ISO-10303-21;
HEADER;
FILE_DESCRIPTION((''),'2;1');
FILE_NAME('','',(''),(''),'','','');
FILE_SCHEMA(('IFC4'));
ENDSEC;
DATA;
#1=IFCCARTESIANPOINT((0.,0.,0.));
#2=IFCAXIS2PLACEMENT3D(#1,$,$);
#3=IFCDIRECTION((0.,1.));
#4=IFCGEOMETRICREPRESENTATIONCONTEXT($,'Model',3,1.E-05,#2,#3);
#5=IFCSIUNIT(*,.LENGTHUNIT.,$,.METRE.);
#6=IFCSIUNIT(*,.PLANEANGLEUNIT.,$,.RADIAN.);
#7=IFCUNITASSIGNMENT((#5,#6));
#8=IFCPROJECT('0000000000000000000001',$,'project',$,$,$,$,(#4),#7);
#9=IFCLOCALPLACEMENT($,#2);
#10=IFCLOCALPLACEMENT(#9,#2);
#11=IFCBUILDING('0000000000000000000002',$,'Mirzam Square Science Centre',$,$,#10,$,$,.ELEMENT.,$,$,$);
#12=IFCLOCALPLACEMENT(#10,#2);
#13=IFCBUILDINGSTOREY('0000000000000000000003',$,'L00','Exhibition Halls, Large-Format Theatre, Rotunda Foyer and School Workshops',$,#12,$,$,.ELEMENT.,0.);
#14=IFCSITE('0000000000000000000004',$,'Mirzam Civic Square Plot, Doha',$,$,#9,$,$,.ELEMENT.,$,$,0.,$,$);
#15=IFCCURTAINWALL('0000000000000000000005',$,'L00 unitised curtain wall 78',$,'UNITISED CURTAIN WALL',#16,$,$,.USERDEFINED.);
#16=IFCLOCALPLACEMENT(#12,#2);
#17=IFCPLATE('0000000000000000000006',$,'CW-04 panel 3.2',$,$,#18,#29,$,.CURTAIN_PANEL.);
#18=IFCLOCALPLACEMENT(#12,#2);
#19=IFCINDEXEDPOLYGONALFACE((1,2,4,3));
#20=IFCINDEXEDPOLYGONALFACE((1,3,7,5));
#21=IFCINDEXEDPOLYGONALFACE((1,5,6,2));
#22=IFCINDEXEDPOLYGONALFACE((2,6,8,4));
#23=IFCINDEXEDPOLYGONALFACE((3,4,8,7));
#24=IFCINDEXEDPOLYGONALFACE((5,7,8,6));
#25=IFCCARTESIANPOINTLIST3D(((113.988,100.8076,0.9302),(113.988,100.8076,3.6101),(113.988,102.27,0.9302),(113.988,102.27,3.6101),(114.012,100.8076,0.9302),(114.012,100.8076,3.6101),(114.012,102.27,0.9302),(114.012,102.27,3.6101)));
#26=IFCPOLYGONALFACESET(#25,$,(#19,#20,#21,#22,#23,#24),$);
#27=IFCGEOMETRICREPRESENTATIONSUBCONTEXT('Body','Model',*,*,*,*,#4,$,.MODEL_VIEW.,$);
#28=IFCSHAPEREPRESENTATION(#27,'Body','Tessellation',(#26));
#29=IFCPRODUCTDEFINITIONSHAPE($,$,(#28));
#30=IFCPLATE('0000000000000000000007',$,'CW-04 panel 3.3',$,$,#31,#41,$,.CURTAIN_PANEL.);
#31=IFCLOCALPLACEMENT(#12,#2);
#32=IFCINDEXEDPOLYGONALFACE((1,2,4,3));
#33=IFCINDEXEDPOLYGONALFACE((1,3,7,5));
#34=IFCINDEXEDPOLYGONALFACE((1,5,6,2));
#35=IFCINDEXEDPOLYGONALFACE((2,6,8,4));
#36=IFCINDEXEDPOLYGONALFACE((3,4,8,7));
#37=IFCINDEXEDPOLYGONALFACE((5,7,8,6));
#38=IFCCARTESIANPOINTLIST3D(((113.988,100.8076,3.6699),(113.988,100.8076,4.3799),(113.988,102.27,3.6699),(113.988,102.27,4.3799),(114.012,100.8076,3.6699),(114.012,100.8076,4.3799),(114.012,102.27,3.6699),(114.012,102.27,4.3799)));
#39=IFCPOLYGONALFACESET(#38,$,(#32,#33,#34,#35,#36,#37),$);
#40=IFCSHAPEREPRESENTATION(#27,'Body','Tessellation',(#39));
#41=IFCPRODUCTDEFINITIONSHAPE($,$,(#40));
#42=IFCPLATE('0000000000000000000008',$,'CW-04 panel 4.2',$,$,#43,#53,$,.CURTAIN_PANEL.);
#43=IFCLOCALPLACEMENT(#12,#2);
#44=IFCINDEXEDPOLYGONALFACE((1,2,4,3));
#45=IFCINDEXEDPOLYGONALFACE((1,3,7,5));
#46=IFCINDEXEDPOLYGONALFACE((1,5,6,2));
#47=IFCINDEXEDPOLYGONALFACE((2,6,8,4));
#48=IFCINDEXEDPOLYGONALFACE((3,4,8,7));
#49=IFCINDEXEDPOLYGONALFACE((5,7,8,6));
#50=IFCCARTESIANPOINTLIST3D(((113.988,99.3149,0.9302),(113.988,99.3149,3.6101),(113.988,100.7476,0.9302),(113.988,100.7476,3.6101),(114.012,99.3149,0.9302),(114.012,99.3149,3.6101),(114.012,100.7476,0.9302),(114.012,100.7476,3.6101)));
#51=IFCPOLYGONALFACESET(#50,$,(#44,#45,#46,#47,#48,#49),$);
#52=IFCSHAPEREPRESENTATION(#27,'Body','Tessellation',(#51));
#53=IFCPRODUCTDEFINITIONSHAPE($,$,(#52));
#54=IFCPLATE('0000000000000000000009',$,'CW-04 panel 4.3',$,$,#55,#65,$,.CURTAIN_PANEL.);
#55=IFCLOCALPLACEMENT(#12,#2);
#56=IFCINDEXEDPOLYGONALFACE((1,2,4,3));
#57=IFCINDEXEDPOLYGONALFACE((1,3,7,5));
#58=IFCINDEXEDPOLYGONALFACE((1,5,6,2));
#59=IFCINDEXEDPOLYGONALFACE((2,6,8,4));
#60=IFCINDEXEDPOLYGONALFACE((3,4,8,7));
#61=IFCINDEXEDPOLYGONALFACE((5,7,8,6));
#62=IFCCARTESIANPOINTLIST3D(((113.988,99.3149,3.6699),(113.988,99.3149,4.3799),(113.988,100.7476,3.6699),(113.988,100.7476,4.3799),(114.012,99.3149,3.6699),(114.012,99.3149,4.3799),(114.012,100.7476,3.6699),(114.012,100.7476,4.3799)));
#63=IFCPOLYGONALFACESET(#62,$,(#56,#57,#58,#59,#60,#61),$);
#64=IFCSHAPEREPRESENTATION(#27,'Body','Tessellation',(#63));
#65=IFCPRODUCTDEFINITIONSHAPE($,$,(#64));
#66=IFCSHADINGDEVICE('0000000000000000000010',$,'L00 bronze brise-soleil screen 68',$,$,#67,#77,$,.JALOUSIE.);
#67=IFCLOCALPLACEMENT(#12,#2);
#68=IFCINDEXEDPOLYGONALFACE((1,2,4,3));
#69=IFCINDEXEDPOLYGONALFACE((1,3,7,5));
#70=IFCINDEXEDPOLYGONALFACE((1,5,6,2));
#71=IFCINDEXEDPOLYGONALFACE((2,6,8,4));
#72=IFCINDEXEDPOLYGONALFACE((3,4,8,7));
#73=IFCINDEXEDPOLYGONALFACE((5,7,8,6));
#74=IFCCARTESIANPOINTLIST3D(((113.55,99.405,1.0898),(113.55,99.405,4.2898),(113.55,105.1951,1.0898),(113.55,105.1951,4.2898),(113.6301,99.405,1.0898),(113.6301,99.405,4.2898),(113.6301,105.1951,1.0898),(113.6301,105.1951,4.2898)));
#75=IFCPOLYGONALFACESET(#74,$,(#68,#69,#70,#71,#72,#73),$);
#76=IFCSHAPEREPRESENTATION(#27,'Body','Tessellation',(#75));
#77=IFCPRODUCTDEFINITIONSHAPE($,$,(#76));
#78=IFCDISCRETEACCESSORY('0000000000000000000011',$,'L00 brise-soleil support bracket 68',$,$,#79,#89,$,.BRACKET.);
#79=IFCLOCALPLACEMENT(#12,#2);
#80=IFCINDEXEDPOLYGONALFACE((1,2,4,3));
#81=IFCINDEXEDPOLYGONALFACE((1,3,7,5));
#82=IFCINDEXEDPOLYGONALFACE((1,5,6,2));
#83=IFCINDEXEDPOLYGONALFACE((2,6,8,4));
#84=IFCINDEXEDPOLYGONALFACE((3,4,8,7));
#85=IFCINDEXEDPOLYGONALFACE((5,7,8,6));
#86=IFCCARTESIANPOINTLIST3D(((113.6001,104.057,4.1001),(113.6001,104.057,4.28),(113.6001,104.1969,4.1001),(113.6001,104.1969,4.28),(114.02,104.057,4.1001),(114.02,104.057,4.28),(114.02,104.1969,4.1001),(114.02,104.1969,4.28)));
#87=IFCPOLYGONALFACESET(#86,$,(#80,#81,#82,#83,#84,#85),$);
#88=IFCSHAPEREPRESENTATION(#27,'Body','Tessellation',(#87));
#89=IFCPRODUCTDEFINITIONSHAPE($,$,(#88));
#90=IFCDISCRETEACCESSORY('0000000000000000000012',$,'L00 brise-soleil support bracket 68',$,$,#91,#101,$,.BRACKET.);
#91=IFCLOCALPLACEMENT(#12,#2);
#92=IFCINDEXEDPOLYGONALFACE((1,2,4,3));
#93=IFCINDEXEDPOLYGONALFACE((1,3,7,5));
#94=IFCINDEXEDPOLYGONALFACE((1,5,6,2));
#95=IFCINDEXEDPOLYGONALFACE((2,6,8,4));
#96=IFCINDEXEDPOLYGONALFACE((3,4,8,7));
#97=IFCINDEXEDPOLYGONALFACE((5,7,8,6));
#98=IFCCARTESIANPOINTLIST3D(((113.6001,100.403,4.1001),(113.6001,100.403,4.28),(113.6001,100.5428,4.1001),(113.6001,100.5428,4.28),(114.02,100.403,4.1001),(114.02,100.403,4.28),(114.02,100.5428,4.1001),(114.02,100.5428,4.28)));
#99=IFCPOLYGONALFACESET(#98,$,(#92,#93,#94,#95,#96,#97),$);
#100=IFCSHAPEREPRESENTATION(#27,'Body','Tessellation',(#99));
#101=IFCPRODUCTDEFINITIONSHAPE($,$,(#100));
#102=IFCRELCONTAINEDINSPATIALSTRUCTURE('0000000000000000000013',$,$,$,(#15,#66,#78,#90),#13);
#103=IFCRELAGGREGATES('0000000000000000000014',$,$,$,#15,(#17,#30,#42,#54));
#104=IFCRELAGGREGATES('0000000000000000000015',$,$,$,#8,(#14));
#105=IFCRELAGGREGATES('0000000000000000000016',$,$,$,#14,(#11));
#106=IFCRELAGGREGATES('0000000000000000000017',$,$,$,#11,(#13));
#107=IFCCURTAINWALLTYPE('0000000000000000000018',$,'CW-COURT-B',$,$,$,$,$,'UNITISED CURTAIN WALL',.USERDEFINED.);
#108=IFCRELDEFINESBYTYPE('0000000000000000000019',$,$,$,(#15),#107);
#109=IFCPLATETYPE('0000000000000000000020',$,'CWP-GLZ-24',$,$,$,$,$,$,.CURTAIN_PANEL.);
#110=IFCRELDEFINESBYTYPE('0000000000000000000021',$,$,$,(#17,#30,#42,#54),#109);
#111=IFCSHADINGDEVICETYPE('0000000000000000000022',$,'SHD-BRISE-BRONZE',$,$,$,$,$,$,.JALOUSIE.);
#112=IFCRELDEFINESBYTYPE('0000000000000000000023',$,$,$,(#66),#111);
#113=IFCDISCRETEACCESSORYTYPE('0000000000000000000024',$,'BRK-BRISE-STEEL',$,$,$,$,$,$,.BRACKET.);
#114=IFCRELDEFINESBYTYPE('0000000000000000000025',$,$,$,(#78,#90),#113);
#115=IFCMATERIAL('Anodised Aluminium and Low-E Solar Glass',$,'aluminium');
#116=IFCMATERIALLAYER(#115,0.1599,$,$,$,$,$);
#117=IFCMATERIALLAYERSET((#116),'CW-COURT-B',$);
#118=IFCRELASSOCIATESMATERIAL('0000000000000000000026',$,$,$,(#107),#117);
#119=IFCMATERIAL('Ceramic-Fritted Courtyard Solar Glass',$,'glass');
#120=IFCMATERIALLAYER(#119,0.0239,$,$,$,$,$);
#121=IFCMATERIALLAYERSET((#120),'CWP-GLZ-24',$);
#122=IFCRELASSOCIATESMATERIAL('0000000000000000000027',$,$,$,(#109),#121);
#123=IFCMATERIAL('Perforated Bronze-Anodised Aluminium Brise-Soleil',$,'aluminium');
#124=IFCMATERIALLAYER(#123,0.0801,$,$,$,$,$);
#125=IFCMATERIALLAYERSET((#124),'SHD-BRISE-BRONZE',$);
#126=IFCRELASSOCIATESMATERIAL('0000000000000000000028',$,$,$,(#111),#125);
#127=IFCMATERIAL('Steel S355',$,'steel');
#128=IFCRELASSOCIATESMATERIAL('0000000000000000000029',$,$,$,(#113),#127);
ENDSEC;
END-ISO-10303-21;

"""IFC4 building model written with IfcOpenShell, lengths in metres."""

from ifc_helpers import new_model, si_unit, direction, frame, origin, origin_2d, place, context, subcontext, project, spatial, rectangle, extrude, material, layer, layer_set, type_object, element, aggregate, save


model = new_model("IFC4")

# Units and contexts
model_context = context("Model", 3, precision=1e-05, world=origin(), true_north=direction((0.0, 1.0)))
body_context = subcontext(model_context, "Body", "Model", "MODEL_VIEW")
ifc_project = project(units=[si_unit("LENGTHUNIT", "METRE"), si_unit("PLANEANGLEUNIT", "RADIAN")], contexts=[model_context])

# Site, building, storey
site_placement = place(None, origin())
site = spatial("IfcSite", under=ifc_project, at=site_placement, Name="Mirzam Civic Square Plot, Doha", CompositionType="ELEMENT", RefElevation=0.0)
building_placement = place(site_placement, origin())
building = spatial("IfcBuilding", under=site, at=building_placement, Name="Mirzam Square Science Centre", CompositionType="ELEMENT")
storey_placement = place(building_placement, origin())
storey = spatial("IfcBuildingStorey", under=building, at=storey_placement, Name="L00", Description="Exhibition Halls, Large-Format Theatre, Rotunda Foyer and School Workshops", CompositionType="ELEMENT", Elevation=0.0)

# Curtain wall, plates
ifc_material_1 = material(Name="Anodised Aluminium and Low-E Solar Glass", Category="aluminium")
ifc_layer_1 = layer(ifc_material_1, 0.1599)
ifc_layer_set_1 = layer_set([ifc_layer_1], Name="CW-COURT-B")
curtain_wall_type = type_object("IfcCurtainWallType", Name="CW-COURT-B", ElementType="UNITISED CURTAIN WALL", PredefinedType="USERDEFINED", material=ifc_layer_set_1)
curtain_wall_placement = place(storey_placement, origin())
curtain_wall = element("IfcCurtainWall", 1, at=curtain_wall_placement, inside=storey, type_object=curtain_wall_type, Name="L00 unitised curtain wall 78", ObjectType="UNITISED CURTAIN WALL", PredefinedType="USERDEFINED")
ifc_material_2 = material(Name="Ceramic-Fritted Courtyard Solar Glass", Category="glass")
ifc_layer_2 = layer(ifc_material_2, 0.0239)
ifc_layer_set_2 = layer_set([ifc_layer_2], Name="CWP-GLZ-24")
plate_type = type_object("IfcPlateType", Name="CWP-GLZ-24", PredefinedType="CURTAIN_PANEL", material=ifc_layer_set_2)
plate_1_placement = place(storey_placement, frame((114.0, 101.5388, 0.9302), z_axis=(0.0, 0.0, 1.0), x_axis=(0.0, -1.0, 0.0)))
plate_1 = element("IfcPlate", 2, at=plate_1_placement, type_object=plate_type, Name="CW-04 panel 3.2", PredefinedType="CURTAIN_PANEL", context=body_context, shape_type="SweptSolid", body=[
    extrude(rectangle(XDim=1.4624, YDim=0.0239, at=origin_2d()), origin(), (0.0, 0.0, 1.0), 2.6799),
])
plate_2_placement = place(storey_placement, frame((114.0, 101.5388, 3.6699), z_axis=(0.0, 0.0, 1.0), x_axis=(0.0, -1.0, 0.0)))
plate_2 = element("IfcPlate", 3, at=plate_2_placement, type_object=plate_type, Name="CW-04 panel 3.3", PredefinedType="CURTAIN_PANEL", context=body_context, shape_type="SweptSolid", body=[
    extrude(rectangle(XDim=1.4624, YDim=0.0239, at=origin_2d()), origin(), (0.0, 0.0, 1.0), 0.71),
])
plate_3_placement = place(storey_placement, frame((114.0, 100.0312, 0.9302), z_axis=(0.0, 0.0, 1.0), x_axis=(0.0, -1.0, 0.0)))
plate_3 = element("IfcPlate", 4, at=plate_3_placement, type_object=plate_type, Name="CW-04 panel 4.2", PredefinedType="CURTAIN_PANEL", context=body_context, shape_type="SweptSolid", body=[
    extrude(rectangle(XDim=1.4326, YDim=0.0239, at=origin_2d()), origin(), (0.0, 0.0, 1.0), 2.6799),
])
plate_4_placement = place(storey_placement, frame((114.0, 100.0312, 3.6699), z_axis=(0.0, 0.0, 1.0), x_axis=(0.0, -1.0, 0.0)))
plate_4 = element("IfcPlate", 5, at=plate_4_placement, type_object=plate_type, Name="CW-04 panel 4.3", PredefinedType="CURTAIN_PANEL", context=body_context, shape_type="SweptSolid", body=[
    extrude(rectangle(XDim=1.4326, YDim=0.0239, at=origin_2d()), origin(), (0.0, 0.0, 1.0), 0.71),
])
aggregate(curtain_wall, [plate_1, plate_2, plate_3, plate_4])

# Shading device
ifc_material_3 = material(Name="Perforated Bronze-Anodised Aluminium Brise-Soleil", Category="aluminium")
ifc_layer_3 = layer(ifc_material_3, 0.0801)
ifc_layer_set_3 = layer_set([ifc_layer_3], Name="SHD-BRISE-BRONZE")
shading_device_type = type_object("IfcShadingDeviceType", Name="SHD-BRISE-BRONZE", PredefinedType="JALOUSIE", material=ifc_layer_set_3)
shading_device_placement = place(storey_placement, frame((113.5901, 102.3, 1.0898), z_axis=(0.0, 0.0, 1.0), x_axis=(0.0, -1.0, 0.0)))
element("IfcShadingDevice", 6, at=shading_device_placement, inside=storey, type_object=shading_device_type, Name="L00 bronze brise-soleil screen 68", PredefinedType="JALOUSIE", context=body_context, shape_type="SweptSolid", body=[
    extrude(rectangle(XDim=5.79, YDim=0.0801, at=origin_2d()), origin(), (0.0, 0.0, 1.0), 3.2),
])

# Discrete accessories
ifc_material_4 = material(Name="Steel S355", Category="steel")
discrete_accessory_type = type_object("IfcDiscreteAccessoryType", Name="BRK-BRISE-STEEL", PredefinedType="BRACKET", material=ifc_material_4)
for number, where, z_axis, x_axis, name in (
    (7, (113.8101, 104.127, 4.1001), (0.0, 0.0, 1.0), (0.0, -1.0, 0.0), "L00 brise-soleil support bracket 68"),
    (8, (113.8101, 100.4729, 4.1001), (0.0, 0.0, 1.0), (0.0, -1.0, 0.0), "L00 brise-soleil support bracket 68"),
):
    element("IfcDiscreteAccessory", number, at=place(storey_placement, frame(where, z_axis=z_axis, x_axis=x_axis)), inside=storey, type_object=discrete_accessory_type, Name=name, PredefinedType="BRACKET", context=body_context, shape_type="SweptSolid", body=[
        extrude(rectangle(XDim=0.1399, YDim=0.4199, at=origin_2d()), origin(), (0.0, 0.0, 1.0), 0.1799),
    ])

save(model, "model.ifc")
